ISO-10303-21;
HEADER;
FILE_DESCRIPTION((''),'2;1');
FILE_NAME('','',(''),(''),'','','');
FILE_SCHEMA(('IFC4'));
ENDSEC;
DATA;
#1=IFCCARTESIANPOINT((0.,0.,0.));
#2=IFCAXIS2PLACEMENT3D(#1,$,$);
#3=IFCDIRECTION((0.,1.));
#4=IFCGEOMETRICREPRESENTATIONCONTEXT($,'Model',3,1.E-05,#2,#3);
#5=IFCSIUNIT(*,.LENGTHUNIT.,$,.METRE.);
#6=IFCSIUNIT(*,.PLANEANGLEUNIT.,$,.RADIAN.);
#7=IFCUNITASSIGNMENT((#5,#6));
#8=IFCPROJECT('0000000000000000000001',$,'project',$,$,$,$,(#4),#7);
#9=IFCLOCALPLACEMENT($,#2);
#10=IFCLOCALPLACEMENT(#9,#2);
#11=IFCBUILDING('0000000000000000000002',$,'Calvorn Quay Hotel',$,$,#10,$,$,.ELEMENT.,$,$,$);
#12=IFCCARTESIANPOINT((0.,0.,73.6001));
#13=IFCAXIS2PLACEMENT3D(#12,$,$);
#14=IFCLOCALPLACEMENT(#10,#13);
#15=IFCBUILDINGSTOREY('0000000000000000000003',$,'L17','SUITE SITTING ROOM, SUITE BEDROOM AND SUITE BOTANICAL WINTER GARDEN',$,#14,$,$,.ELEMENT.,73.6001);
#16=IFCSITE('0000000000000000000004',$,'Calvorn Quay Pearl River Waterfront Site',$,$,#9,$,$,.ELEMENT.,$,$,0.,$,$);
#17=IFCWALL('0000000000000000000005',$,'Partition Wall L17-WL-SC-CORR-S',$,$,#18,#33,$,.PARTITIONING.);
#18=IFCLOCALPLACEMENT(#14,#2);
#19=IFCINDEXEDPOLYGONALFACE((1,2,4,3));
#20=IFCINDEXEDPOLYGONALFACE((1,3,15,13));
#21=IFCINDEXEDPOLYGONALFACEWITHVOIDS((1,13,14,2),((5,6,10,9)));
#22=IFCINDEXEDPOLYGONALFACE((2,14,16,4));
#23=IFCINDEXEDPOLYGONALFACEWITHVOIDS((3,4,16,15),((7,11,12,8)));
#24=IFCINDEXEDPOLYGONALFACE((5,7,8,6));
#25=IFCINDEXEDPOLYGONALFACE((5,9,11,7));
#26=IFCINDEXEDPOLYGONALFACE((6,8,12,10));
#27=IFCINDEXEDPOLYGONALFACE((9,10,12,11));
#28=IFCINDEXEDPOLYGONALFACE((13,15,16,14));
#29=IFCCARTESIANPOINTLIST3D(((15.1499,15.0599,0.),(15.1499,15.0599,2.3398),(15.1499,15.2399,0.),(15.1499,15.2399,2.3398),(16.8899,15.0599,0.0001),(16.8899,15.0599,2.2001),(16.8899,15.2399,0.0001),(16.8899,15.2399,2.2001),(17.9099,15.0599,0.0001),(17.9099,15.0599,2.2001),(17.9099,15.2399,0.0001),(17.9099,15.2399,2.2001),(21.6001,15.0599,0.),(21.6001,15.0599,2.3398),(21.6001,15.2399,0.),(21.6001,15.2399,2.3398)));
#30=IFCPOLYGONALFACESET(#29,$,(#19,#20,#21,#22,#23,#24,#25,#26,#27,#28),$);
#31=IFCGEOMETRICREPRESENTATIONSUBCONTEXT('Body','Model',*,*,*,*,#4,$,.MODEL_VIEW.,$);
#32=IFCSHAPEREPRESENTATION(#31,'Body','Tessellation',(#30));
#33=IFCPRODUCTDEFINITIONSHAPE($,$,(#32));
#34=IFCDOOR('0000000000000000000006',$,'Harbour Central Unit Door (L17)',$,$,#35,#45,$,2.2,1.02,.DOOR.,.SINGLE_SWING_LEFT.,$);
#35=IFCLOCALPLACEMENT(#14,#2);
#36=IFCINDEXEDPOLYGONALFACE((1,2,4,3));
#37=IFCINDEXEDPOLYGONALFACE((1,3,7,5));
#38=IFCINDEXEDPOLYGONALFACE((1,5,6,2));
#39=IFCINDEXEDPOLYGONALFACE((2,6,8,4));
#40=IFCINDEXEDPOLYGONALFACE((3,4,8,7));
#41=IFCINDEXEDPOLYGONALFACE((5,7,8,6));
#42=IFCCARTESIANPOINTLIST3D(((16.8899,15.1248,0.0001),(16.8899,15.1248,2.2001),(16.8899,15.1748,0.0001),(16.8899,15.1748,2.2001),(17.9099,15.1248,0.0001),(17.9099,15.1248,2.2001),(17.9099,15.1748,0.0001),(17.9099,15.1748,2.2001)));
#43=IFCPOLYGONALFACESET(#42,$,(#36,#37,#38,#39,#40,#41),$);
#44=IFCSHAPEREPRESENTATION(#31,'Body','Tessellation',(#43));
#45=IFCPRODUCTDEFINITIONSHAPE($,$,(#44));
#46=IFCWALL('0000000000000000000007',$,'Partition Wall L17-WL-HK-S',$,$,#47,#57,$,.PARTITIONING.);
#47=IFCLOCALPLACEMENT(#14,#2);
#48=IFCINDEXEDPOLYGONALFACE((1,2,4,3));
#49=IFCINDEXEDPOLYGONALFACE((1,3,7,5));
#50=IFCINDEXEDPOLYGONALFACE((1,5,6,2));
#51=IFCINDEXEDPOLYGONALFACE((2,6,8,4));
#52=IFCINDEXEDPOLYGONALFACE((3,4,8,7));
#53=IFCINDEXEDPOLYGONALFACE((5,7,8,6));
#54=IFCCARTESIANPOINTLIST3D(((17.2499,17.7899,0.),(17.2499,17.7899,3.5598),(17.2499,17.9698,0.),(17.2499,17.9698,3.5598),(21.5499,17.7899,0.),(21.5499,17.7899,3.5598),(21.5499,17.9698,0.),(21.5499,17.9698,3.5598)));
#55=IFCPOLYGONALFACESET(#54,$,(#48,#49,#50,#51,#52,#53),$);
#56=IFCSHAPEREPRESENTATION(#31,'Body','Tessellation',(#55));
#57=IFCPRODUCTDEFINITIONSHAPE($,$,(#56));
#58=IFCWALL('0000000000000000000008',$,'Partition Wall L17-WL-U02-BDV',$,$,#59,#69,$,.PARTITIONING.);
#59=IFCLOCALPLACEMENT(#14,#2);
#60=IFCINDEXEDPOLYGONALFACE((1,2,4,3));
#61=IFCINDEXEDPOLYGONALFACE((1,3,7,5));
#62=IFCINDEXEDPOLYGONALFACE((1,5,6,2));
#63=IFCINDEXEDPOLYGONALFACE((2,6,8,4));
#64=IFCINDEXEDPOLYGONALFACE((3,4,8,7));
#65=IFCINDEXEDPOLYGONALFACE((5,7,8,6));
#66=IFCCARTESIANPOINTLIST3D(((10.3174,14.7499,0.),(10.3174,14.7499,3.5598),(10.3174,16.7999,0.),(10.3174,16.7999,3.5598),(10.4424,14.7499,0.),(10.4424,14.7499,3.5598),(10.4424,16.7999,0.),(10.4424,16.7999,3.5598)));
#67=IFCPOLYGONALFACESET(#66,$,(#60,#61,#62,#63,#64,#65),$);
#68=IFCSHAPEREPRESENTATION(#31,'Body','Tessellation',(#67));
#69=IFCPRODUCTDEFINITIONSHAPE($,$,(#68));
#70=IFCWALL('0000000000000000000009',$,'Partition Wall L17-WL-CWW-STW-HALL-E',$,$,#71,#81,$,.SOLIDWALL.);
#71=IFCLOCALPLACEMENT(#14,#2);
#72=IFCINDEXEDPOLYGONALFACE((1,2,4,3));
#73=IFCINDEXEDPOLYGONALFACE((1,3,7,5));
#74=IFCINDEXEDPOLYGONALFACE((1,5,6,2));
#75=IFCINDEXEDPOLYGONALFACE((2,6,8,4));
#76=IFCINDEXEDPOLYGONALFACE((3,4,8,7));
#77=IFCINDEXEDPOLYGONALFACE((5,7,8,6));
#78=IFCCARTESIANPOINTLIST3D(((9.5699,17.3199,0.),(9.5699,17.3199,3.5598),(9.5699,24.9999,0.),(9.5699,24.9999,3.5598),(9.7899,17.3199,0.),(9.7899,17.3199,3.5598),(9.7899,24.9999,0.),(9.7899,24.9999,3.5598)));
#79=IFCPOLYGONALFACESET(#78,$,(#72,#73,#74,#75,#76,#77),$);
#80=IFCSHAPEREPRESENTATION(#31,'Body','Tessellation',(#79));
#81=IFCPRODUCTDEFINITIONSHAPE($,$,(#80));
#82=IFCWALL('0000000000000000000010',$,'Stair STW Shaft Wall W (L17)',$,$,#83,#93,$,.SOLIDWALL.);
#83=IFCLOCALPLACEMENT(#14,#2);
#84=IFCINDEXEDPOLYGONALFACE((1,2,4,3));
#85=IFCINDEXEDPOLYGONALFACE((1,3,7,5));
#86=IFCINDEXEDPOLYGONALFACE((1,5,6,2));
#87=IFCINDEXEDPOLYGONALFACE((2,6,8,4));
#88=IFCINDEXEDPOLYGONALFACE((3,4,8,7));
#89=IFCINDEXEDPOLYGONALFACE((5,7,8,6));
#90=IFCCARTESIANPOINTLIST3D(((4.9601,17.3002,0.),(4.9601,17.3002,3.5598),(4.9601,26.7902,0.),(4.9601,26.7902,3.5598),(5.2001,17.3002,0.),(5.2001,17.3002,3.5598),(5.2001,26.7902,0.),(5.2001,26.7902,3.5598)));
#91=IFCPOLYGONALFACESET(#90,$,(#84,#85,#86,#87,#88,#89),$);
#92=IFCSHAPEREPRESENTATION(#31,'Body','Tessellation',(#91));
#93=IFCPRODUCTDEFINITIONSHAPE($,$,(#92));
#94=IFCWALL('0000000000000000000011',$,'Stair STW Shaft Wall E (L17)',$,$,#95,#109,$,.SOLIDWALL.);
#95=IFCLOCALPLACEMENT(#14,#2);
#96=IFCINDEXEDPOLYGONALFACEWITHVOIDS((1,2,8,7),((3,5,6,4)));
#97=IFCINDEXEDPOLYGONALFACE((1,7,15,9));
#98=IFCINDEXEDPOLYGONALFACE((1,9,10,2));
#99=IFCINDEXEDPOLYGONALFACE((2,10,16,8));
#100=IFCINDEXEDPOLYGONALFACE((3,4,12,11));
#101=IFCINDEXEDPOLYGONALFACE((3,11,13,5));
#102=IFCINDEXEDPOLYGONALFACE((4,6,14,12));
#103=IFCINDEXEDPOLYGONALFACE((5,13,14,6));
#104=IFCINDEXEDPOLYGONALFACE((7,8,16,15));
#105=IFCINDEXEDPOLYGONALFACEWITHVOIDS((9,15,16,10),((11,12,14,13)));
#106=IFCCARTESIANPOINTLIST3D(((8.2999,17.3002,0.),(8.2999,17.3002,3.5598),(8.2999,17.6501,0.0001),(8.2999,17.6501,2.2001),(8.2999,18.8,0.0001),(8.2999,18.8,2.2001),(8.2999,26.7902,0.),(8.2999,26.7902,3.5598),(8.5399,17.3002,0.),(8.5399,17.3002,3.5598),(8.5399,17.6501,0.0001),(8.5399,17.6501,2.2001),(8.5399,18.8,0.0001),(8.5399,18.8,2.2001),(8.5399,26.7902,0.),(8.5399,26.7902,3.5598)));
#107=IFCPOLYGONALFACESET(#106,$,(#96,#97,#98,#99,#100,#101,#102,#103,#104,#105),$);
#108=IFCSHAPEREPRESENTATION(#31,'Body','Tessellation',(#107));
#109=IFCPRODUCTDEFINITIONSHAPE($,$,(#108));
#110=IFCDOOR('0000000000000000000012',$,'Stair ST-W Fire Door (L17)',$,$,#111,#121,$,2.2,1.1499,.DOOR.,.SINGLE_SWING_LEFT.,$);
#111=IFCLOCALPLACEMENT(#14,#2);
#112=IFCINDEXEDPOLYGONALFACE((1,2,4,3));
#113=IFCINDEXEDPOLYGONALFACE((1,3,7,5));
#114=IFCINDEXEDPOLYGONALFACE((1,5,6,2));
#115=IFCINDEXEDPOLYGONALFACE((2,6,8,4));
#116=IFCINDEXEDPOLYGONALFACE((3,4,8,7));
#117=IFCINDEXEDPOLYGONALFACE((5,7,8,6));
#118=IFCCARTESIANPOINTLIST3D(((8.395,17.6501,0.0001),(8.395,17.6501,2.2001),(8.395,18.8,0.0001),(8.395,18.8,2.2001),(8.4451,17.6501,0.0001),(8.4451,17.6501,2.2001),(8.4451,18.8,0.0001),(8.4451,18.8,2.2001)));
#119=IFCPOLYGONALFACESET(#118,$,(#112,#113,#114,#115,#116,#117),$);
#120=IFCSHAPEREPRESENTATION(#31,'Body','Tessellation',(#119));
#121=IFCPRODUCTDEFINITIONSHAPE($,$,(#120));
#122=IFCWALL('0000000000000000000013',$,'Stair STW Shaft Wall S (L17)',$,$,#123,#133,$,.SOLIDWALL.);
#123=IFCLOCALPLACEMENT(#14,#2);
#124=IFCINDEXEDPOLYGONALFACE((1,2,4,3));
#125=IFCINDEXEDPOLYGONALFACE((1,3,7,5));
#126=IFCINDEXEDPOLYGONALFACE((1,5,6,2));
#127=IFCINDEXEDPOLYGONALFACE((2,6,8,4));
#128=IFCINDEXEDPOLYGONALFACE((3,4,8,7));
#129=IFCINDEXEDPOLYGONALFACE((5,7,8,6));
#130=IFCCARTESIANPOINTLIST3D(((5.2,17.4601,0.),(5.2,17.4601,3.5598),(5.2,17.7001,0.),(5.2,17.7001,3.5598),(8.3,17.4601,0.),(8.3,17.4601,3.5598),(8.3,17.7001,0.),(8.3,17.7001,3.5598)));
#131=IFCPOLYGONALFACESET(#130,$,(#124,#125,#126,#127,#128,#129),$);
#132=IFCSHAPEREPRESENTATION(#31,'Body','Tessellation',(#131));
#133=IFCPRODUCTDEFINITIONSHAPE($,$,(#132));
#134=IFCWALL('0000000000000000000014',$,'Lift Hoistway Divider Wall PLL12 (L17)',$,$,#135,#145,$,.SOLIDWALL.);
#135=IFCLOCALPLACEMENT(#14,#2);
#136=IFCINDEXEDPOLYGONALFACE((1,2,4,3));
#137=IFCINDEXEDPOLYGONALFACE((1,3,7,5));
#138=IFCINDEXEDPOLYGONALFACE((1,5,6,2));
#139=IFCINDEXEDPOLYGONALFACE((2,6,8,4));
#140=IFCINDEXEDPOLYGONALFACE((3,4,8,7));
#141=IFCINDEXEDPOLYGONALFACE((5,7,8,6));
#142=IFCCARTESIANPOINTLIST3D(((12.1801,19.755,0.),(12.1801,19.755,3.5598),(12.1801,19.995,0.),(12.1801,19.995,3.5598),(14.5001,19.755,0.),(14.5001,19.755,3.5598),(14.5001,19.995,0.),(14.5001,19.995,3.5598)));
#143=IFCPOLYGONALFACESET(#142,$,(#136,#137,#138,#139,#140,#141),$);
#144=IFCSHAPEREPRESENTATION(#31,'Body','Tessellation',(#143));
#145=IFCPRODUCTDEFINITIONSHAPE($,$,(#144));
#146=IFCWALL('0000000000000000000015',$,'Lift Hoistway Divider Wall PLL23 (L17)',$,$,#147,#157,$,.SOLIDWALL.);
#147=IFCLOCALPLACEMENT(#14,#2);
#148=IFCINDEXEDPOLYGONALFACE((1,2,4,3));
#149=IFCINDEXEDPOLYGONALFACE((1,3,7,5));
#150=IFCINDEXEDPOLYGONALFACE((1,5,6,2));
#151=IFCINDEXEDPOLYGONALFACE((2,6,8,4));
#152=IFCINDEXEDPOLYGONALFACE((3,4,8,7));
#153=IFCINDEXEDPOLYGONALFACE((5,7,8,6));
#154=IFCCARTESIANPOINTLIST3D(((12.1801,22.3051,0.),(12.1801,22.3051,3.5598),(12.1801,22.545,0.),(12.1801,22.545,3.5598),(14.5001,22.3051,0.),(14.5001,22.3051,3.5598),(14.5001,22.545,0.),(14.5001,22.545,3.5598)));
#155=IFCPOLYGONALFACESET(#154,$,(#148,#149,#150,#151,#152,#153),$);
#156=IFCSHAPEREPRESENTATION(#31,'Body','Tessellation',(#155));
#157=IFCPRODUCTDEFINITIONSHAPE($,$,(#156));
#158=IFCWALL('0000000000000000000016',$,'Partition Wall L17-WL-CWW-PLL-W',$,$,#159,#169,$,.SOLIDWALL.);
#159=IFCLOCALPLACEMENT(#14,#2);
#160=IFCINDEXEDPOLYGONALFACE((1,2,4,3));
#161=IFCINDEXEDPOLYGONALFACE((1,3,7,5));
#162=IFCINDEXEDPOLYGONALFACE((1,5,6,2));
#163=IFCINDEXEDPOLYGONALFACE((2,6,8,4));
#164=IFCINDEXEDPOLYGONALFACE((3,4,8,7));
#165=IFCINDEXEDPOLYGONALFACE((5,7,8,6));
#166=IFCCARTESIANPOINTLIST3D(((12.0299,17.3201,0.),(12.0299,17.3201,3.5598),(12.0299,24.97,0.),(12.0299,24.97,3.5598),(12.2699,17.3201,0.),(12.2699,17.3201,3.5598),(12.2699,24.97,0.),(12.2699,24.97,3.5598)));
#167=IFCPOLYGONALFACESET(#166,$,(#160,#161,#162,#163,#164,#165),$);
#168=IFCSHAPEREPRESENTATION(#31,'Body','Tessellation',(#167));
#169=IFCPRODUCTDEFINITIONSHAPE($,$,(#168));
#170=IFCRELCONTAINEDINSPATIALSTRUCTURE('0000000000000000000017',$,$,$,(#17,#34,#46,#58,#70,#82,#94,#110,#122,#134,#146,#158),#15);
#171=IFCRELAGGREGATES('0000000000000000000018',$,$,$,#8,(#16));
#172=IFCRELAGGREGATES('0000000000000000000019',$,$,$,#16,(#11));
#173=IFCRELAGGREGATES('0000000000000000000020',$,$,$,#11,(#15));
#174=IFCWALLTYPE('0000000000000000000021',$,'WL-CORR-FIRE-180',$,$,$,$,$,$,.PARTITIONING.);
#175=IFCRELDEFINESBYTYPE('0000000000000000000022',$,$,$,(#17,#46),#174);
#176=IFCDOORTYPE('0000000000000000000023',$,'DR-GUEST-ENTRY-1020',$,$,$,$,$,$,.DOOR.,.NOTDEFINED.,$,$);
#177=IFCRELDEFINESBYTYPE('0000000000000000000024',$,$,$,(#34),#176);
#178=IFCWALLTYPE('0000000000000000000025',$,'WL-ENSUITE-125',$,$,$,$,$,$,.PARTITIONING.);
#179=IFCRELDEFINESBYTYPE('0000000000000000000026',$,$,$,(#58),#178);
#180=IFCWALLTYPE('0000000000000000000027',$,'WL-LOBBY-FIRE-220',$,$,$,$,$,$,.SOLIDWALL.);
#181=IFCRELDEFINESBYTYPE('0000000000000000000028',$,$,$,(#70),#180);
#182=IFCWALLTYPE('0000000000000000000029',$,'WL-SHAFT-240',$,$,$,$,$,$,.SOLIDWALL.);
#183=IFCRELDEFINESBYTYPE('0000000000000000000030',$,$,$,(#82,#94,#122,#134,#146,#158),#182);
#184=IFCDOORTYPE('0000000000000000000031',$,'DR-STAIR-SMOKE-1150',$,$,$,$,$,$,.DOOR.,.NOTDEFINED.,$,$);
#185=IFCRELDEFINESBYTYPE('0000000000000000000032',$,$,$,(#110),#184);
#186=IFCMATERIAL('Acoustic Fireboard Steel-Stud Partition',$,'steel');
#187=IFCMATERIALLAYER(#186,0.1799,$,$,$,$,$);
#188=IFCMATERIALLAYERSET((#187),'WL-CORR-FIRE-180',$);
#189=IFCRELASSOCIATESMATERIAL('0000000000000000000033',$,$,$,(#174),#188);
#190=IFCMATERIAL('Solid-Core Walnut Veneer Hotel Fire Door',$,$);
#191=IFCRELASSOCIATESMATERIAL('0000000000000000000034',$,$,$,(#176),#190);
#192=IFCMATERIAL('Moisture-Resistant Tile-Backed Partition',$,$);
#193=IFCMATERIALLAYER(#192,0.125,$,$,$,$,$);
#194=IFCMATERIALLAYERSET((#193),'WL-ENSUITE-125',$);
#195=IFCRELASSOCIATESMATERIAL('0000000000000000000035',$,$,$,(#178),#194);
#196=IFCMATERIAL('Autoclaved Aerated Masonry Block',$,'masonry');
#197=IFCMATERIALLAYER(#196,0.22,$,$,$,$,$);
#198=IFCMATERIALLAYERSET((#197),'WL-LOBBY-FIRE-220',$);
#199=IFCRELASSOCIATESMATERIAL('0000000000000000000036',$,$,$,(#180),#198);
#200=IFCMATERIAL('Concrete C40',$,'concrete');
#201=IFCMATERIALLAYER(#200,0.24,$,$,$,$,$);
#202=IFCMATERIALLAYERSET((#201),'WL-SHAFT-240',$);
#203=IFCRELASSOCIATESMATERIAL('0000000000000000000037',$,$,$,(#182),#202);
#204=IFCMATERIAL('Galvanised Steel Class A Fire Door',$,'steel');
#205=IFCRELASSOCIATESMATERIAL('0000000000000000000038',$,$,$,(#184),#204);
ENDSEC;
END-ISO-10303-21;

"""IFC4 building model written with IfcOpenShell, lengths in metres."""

from ifc_helpers import new_model, si_unit, direction, frame, frame_2d, origin, place, context, subcontext, project, spatial, rectangle, extrude, material, layer, layer_set, type_object, element, fill, save


model = new_model("IFC4")

# Units and contexts
model_context = context("Model", 3, precision=1e-05, world=origin(), true_north=direction((0.0, 1.0)))
body_context = subcontext(model_context, "Body", "Model", "MODEL_VIEW")
ifc_project = project(units=[si_unit("LENGTHUNIT", "METRE"), si_unit("PLANEANGLEUNIT", "RADIAN")], contexts=[model_context])

# Site, building, storey
site_placement = place(None, origin())
site = spatial("IfcSite", under=ifc_project, at=site_placement, Name="Calvorn Quay Pearl River Waterfront Site", CompositionType="ELEMENT", RefElevation=0.0)
building_placement = place(site_placement, origin())
building = spatial("IfcBuilding", under=site, at=building_placement, Name="Calvorn Quay Hotel", CompositionType="ELEMENT")
storey_placement = place(building_placement, frame((0.0, 0.0, 73.6001)))
storey = spatial("IfcBuildingStorey", under=building, at=storey_placement, Name="L17", Description="SUITE SITTING ROOM, SUITE BEDROOM AND SUITE BOTANICAL WINTER GARDEN", CompositionType="ELEMENT", Elevation=73.6001)

# Wall, opening, door
ifc_material_1 = material(Name="Acoustic Fireboard Steel-Stud Partition", Category="steel")
ifc_layer_1 = layer(ifc_material_1, 0.1799)
ifc_layer_set_1 = layer_set([ifc_layer_1], Name="WL-CORR-FIRE-180")
wall_type_1 = type_object("IfcWallType", Name="WL-CORR-FIRE-180", PredefinedType="PARTITIONING", material=ifc_layer_set_1)
wall_1_placement = place(storey_placement, frame((15.1499, 15.1499, 0.0), z_axis=(0.0, 0.0, 1.0), x_axis=(1.0, 0.0, 0.0)))
wall_1 = element("IfcWall", 1, at=wall_1_placement, inside=storey, type_object=wall_type_1, Name="Partition Wall L17-WL-SC-CORR-S", PredefinedType="PARTITIONING", context=body_context, shape_type="SweptSolid", body=[
    extrude(rectangle(XDim=6.4502, YDim=0.1799, at=frame_2d((3.2251, 0.0))), origin(), (0.0, 0.0, 1.0), 2.3398),
])
opening_1_placement = place(wall_1_placement, frame((1.74, 0.0, 0.0)))
opening_1 = element("IfcOpeningElement", 2, at=opening_1_placement, cuts=wall_1, PredefinedType="OPENING", context=body_context, shape_type="SweptSolid", body=[
    extrude(rectangle(XDim=1.02, YDim=2.2, at=frame_2d((0.51, 1.1001))), frame((0.0, 0.0999, 0.0), z_axis=(0.0, -1.0, 0.0), x_axis=(1.0, 0.0, 0.0)), (0.0, 0.0, 1.0), 0.2),
])
ifc_material_2 = material(Name="Solid-Core Walnut Veneer Hotel Fire Door")
door_type_1 = type_object("IfcDoorType", Name="DR-GUEST-ENTRY-1020", OperationType="NOTDEFINED", PredefinedType="DOOR", material=ifc_material_2)
door_1_placement = place(opening_1_placement, origin())
door_1 = element("IfcDoor", 3, at=door_1_placement, inside=storey, type_object=door_type_1, Name="Harbour Central Unit Door (L17)", OperationType="SINGLE_SWING_LEFT", OverallHeight=2.2, OverallWidth=1.02, PredefinedType="DOOR", context=body_context, shape_type="SweptSolid", body=[
    extrude(rectangle(XDim=1.02, YDim=2.2, at=frame_2d((0.51, 1.1001))), frame((0.0, 0.0249, 0.0), z_axis=(0.0, -1.0, 0.0), x_axis=(1.0, 0.0, 0.0)), (0.0, 0.0, 1.0), 0.05),
])
fill(opening_1, door_1)

# Wall
wall_2_placement = place(storey_placement, frame((17.25, 17.8799, 0.0), z_axis=(0.0, 0.0, 1.0), x_axis=(1.0, 0.0, 0.0)))
element("IfcWall", 4, at=wall_2_placement, inside=storey, type_object=wall_type_1, Name="Partition Wall L17-WL-HK-S", PredefinedType="PARTITIONING", context=body_context, shape_type="SweptSolid", body=[
    extrude(rectangle(XDim=4.3, YDim=0.1799, at=frame_2d((2.1499, 0.0))), origin(), (0.0, 0.0, 1.0), 3.5598),
])

# Shared definitions
ifc_material_3 = material(Name="Moisture-Resistant Tile-Backed Partition")
ifc_layer_2 = layer(ifc_material_3, 0.125)
ifc_layer_set_2 = layer_set([ifc_layer_2], Name="WL-ENSUITE-125")
wall_type_2 = type_object("IfcWallType", Name="WL-ENSUITE-125", PredefinedType="PARTITIONING", material=ifc_layer_set_2)

# Walls
wall_3_placement = place(storey_placement, frame((10.3799, 14.75, 0.0), z_axis=(0.0, 0.0, 1.0), x_axis=(0.0, 1.0, 0.0)))
element("IfcWall", 5, at=wall_3_placement, inside=storey, type_object=wall_type_2, Name="Partition Wall L17-WL-U02-BDV", PredefinedType="PARTITIONING", context=body_context, shape_type="SweptSolid", body=[
    extrude(rectangle(XDim=2.05, YDim=0.125, at=frame_2d((1.0249, 0.0))), origin(), (0.0, 0.0, 1.0), 3.5598),
])
ifc_material_4 = material(Name="Autoclaved Aerated Masonry Block", Category="masonry")
ifc_layer_3 = layer(ifc_material_4, 0.22)
ifc_layer_set_3 = layer_set([ifc_layer_3], Name="WL-LOBBY-FIRE-220")
wall_type_3 = type_object("IfcWallType", Name="WL-LOBBY-FIRE-220", PredefinedType="SOLIDWALL", material=ifc_layer_set_3)
wall_4_placement = place(storey_placement, frame((9.6799, 17.3201, 0.0), z_axis=(0.0, 0.0, 1.0), x_axis=(0.0, 1.0, 0.0)))
element("IfcWall", 6, at=wall_4_placement, inside=storey, type_object=wall_type_3, Name="Partition Wall L17-WL-CWW-STW-HALL-E", PredefinedType="SOLIDWALL", context=body_context, shape_type="SweptSolid", body=[
    extrude(rectangle(XDim=7.6799, YDim=0.22, at=frame_2d((3.8398, 0.0))), origin(), (0.0, 0.0, 1.0), 3.5598),
])
ifc_material_5 = material(Name="Concrete C40", Category="concrete")
ifc_layer_4 = layer(ifc_material_5, 0.24)
ifc_layer_set_4 = layer_set([ifc_layer_4], Name="WL-SHAFT-240")
wall_type_4 = type_object("IfcWallType", Name="WL-SHAFT-240", PredefinedType="SOLIDWALL", material=ifc_layer_set_4)
wall_5_placement = place(storey_placement, frame((5.0801, 17.3, 0.0), z_axis=(0.0, 0.0, 1.0), x_axis=(0.0, 1.0, 0.0)))
element("IfcWall", 7, at=wall_5_placement, inside=storey, type_object=wall_type_4, Name="Stair STW Shaft Wall W (L17)", PredefinedType="SOLIDWALL", context=body_context, shape_type="SweptSolid", body=[
    extrude(rectangle(XDim=9.49, YDim=0.24, at=frame_2d((4.7451, 0.0))), origin(), (0.0, 0.0, 1.0), 3.5598),
])

# Wall, opening, door
wall_6_placement = place(storey_placement, frame((8.4199, 17.3, 0.0), z_axis=(0.0, 0.0, 1.0), x_axis=(0.0, 1.0, 0.0)))
wall_6 = element("IfcWall", 8, at=wall_6_placement, inside=storey, type_object=wall_type_4, Name="Stair STW Shaft Wall E (L17)", PredefinedType="SOLIDWALL", context=body_context, shape_type="SweptSolid", body=[
    extrude(rectangle(XDim=9.49, YDim=0.24, at=frame_2d((4.7451, 0.0))), origin(), (0.0, 0.0, 1.0), 3.5598),
])
opening_2_placement = place(wall_6_placement, frame((0.3501, 0.0, 0.0)))
opening_2 = element("IfcOpeningElement", 9, at=opening_2_placement, cuts=wall_6, PredefinedType="OPENING", context=body_context, shape_type="SweptSolid", body=[
    extrude(rectangle(XDim=1.1499, YDim=2.2, at=frame_2d((0.575, 1.1001))), frame((0.0, 0.1299, 0.0), z_axis=(0.0, -1.0, 0.0), x_axis=(1.0, 0.0, 0.0)), (0.0, 0.0, 1.0), 0.26),
])
ifc_material_6 = material(Name="Galvanised Steel Class A Fire Door", Category="steel")
door_type_2 = type_object("IfcDoorType", Name="DR-STAIR-SMOKE-1150", OperationType="NOTDEFINED", PredefinedType="DOOR", material=ifc_material_6)
door_2_placement = place(opening_2_placement, origin())
door_2 = element("IfcDoor", 10, at=door_2_placement, inside=storey, type_object=door_type_2, Name="Stair ST-W Fire Door (L17)", OperationType="SINGLE_SWING_LEFT", OverallHeight=2.2, OverallWidth=1.1499, PredefinedType="DOOR", context=body_context, shape_type="SweptSolid", body=[
    extrude(rectangle(XDim=1.1499, YDim=2.2, at=frame_2d((0.575, 1.1001))), frame((0.0, 0.0249, 0.0), z_axis=(0.0, -1.0, 0.0), x_axis=(1.0, 0.0, 0.0)), (0.0, 0.0, 1.0), 0.05),
])
fill(opening_2, door_2)

# Walls
wall_7_placement = place(storey_placement, frame((5.2, 17.5801, 0.0), z_axis=(0.0, 0.0, 1.0), x_axis=(1.0, 0.0, 0.0)))
element("IfcWall", 11, at=wall_7_placement, inside=storey, type_object=wall_type_4, Name="Stair STW Shaft Wall S (L17)", PredefinedType="SOLIDWALL", context=body_context, shape_type="SweptSolid", body=[
    extrude(rectangle(XDim=3.1001, YDim=0.24, at=frame_2d((1.55, 0.0))), origin(), (0.0, 0.0, 1.0), 3.5598),
])
for number, where, z_axis, x_axis, name in (
    (12, (12.1799, 19.875, 0.0), (0.0, 0.0, 1.0), (1.0, 0.0, 0.0), "Lift Hoistway Divider Wall PLL12 (L17)"),
    (13, (12.1799, 22.425, 0.0), (0.0, 0.0, 1.0), (1.0, 0.0, 0.0), "Lift Hoistway Divider Wall PLL23 (L17)"),
):
    element("IfcWall", number, at=place(storey_placement, frame(where, z_axis=z_axis, x_axis=x_axis)), inside=storey, type_object=wall_type_4, Name=name, PredefinedType="SOLIDWALL", context=body_context, shape_type="SweptSolid", body=[
        extrude(rectangle(XDim=2.3201, YDim=0.24, at=frame_2d((1.1602, 0.0))), origin(), (0.0, 0.0, 1.0), 3.5598),
    ])
wall_8_placement = place(storey_placement, frame((12.1499, 17.3201, 0.0), z_axis=(0.0, 0.0, 1.0), x_axis=(0.0, 1.0, 0.0)))
element("IfcWall", 14, at=wall_8_placement, inside=storey, type_object=wall_type_4, Name="Partition Wall L17-WL-CWW-PLL-W", PredefinedType="SOLIDWALL", context=body_context, shape_type="SweptSolid", body=[
    extrude(rectangle(XDim=7.6499, YDim=0.24, at=frame_2d((3.825, 0.0))), origin(), (0.0, 0.0, 1.0), 3.5598),
])

save(model, "model.ifc")
